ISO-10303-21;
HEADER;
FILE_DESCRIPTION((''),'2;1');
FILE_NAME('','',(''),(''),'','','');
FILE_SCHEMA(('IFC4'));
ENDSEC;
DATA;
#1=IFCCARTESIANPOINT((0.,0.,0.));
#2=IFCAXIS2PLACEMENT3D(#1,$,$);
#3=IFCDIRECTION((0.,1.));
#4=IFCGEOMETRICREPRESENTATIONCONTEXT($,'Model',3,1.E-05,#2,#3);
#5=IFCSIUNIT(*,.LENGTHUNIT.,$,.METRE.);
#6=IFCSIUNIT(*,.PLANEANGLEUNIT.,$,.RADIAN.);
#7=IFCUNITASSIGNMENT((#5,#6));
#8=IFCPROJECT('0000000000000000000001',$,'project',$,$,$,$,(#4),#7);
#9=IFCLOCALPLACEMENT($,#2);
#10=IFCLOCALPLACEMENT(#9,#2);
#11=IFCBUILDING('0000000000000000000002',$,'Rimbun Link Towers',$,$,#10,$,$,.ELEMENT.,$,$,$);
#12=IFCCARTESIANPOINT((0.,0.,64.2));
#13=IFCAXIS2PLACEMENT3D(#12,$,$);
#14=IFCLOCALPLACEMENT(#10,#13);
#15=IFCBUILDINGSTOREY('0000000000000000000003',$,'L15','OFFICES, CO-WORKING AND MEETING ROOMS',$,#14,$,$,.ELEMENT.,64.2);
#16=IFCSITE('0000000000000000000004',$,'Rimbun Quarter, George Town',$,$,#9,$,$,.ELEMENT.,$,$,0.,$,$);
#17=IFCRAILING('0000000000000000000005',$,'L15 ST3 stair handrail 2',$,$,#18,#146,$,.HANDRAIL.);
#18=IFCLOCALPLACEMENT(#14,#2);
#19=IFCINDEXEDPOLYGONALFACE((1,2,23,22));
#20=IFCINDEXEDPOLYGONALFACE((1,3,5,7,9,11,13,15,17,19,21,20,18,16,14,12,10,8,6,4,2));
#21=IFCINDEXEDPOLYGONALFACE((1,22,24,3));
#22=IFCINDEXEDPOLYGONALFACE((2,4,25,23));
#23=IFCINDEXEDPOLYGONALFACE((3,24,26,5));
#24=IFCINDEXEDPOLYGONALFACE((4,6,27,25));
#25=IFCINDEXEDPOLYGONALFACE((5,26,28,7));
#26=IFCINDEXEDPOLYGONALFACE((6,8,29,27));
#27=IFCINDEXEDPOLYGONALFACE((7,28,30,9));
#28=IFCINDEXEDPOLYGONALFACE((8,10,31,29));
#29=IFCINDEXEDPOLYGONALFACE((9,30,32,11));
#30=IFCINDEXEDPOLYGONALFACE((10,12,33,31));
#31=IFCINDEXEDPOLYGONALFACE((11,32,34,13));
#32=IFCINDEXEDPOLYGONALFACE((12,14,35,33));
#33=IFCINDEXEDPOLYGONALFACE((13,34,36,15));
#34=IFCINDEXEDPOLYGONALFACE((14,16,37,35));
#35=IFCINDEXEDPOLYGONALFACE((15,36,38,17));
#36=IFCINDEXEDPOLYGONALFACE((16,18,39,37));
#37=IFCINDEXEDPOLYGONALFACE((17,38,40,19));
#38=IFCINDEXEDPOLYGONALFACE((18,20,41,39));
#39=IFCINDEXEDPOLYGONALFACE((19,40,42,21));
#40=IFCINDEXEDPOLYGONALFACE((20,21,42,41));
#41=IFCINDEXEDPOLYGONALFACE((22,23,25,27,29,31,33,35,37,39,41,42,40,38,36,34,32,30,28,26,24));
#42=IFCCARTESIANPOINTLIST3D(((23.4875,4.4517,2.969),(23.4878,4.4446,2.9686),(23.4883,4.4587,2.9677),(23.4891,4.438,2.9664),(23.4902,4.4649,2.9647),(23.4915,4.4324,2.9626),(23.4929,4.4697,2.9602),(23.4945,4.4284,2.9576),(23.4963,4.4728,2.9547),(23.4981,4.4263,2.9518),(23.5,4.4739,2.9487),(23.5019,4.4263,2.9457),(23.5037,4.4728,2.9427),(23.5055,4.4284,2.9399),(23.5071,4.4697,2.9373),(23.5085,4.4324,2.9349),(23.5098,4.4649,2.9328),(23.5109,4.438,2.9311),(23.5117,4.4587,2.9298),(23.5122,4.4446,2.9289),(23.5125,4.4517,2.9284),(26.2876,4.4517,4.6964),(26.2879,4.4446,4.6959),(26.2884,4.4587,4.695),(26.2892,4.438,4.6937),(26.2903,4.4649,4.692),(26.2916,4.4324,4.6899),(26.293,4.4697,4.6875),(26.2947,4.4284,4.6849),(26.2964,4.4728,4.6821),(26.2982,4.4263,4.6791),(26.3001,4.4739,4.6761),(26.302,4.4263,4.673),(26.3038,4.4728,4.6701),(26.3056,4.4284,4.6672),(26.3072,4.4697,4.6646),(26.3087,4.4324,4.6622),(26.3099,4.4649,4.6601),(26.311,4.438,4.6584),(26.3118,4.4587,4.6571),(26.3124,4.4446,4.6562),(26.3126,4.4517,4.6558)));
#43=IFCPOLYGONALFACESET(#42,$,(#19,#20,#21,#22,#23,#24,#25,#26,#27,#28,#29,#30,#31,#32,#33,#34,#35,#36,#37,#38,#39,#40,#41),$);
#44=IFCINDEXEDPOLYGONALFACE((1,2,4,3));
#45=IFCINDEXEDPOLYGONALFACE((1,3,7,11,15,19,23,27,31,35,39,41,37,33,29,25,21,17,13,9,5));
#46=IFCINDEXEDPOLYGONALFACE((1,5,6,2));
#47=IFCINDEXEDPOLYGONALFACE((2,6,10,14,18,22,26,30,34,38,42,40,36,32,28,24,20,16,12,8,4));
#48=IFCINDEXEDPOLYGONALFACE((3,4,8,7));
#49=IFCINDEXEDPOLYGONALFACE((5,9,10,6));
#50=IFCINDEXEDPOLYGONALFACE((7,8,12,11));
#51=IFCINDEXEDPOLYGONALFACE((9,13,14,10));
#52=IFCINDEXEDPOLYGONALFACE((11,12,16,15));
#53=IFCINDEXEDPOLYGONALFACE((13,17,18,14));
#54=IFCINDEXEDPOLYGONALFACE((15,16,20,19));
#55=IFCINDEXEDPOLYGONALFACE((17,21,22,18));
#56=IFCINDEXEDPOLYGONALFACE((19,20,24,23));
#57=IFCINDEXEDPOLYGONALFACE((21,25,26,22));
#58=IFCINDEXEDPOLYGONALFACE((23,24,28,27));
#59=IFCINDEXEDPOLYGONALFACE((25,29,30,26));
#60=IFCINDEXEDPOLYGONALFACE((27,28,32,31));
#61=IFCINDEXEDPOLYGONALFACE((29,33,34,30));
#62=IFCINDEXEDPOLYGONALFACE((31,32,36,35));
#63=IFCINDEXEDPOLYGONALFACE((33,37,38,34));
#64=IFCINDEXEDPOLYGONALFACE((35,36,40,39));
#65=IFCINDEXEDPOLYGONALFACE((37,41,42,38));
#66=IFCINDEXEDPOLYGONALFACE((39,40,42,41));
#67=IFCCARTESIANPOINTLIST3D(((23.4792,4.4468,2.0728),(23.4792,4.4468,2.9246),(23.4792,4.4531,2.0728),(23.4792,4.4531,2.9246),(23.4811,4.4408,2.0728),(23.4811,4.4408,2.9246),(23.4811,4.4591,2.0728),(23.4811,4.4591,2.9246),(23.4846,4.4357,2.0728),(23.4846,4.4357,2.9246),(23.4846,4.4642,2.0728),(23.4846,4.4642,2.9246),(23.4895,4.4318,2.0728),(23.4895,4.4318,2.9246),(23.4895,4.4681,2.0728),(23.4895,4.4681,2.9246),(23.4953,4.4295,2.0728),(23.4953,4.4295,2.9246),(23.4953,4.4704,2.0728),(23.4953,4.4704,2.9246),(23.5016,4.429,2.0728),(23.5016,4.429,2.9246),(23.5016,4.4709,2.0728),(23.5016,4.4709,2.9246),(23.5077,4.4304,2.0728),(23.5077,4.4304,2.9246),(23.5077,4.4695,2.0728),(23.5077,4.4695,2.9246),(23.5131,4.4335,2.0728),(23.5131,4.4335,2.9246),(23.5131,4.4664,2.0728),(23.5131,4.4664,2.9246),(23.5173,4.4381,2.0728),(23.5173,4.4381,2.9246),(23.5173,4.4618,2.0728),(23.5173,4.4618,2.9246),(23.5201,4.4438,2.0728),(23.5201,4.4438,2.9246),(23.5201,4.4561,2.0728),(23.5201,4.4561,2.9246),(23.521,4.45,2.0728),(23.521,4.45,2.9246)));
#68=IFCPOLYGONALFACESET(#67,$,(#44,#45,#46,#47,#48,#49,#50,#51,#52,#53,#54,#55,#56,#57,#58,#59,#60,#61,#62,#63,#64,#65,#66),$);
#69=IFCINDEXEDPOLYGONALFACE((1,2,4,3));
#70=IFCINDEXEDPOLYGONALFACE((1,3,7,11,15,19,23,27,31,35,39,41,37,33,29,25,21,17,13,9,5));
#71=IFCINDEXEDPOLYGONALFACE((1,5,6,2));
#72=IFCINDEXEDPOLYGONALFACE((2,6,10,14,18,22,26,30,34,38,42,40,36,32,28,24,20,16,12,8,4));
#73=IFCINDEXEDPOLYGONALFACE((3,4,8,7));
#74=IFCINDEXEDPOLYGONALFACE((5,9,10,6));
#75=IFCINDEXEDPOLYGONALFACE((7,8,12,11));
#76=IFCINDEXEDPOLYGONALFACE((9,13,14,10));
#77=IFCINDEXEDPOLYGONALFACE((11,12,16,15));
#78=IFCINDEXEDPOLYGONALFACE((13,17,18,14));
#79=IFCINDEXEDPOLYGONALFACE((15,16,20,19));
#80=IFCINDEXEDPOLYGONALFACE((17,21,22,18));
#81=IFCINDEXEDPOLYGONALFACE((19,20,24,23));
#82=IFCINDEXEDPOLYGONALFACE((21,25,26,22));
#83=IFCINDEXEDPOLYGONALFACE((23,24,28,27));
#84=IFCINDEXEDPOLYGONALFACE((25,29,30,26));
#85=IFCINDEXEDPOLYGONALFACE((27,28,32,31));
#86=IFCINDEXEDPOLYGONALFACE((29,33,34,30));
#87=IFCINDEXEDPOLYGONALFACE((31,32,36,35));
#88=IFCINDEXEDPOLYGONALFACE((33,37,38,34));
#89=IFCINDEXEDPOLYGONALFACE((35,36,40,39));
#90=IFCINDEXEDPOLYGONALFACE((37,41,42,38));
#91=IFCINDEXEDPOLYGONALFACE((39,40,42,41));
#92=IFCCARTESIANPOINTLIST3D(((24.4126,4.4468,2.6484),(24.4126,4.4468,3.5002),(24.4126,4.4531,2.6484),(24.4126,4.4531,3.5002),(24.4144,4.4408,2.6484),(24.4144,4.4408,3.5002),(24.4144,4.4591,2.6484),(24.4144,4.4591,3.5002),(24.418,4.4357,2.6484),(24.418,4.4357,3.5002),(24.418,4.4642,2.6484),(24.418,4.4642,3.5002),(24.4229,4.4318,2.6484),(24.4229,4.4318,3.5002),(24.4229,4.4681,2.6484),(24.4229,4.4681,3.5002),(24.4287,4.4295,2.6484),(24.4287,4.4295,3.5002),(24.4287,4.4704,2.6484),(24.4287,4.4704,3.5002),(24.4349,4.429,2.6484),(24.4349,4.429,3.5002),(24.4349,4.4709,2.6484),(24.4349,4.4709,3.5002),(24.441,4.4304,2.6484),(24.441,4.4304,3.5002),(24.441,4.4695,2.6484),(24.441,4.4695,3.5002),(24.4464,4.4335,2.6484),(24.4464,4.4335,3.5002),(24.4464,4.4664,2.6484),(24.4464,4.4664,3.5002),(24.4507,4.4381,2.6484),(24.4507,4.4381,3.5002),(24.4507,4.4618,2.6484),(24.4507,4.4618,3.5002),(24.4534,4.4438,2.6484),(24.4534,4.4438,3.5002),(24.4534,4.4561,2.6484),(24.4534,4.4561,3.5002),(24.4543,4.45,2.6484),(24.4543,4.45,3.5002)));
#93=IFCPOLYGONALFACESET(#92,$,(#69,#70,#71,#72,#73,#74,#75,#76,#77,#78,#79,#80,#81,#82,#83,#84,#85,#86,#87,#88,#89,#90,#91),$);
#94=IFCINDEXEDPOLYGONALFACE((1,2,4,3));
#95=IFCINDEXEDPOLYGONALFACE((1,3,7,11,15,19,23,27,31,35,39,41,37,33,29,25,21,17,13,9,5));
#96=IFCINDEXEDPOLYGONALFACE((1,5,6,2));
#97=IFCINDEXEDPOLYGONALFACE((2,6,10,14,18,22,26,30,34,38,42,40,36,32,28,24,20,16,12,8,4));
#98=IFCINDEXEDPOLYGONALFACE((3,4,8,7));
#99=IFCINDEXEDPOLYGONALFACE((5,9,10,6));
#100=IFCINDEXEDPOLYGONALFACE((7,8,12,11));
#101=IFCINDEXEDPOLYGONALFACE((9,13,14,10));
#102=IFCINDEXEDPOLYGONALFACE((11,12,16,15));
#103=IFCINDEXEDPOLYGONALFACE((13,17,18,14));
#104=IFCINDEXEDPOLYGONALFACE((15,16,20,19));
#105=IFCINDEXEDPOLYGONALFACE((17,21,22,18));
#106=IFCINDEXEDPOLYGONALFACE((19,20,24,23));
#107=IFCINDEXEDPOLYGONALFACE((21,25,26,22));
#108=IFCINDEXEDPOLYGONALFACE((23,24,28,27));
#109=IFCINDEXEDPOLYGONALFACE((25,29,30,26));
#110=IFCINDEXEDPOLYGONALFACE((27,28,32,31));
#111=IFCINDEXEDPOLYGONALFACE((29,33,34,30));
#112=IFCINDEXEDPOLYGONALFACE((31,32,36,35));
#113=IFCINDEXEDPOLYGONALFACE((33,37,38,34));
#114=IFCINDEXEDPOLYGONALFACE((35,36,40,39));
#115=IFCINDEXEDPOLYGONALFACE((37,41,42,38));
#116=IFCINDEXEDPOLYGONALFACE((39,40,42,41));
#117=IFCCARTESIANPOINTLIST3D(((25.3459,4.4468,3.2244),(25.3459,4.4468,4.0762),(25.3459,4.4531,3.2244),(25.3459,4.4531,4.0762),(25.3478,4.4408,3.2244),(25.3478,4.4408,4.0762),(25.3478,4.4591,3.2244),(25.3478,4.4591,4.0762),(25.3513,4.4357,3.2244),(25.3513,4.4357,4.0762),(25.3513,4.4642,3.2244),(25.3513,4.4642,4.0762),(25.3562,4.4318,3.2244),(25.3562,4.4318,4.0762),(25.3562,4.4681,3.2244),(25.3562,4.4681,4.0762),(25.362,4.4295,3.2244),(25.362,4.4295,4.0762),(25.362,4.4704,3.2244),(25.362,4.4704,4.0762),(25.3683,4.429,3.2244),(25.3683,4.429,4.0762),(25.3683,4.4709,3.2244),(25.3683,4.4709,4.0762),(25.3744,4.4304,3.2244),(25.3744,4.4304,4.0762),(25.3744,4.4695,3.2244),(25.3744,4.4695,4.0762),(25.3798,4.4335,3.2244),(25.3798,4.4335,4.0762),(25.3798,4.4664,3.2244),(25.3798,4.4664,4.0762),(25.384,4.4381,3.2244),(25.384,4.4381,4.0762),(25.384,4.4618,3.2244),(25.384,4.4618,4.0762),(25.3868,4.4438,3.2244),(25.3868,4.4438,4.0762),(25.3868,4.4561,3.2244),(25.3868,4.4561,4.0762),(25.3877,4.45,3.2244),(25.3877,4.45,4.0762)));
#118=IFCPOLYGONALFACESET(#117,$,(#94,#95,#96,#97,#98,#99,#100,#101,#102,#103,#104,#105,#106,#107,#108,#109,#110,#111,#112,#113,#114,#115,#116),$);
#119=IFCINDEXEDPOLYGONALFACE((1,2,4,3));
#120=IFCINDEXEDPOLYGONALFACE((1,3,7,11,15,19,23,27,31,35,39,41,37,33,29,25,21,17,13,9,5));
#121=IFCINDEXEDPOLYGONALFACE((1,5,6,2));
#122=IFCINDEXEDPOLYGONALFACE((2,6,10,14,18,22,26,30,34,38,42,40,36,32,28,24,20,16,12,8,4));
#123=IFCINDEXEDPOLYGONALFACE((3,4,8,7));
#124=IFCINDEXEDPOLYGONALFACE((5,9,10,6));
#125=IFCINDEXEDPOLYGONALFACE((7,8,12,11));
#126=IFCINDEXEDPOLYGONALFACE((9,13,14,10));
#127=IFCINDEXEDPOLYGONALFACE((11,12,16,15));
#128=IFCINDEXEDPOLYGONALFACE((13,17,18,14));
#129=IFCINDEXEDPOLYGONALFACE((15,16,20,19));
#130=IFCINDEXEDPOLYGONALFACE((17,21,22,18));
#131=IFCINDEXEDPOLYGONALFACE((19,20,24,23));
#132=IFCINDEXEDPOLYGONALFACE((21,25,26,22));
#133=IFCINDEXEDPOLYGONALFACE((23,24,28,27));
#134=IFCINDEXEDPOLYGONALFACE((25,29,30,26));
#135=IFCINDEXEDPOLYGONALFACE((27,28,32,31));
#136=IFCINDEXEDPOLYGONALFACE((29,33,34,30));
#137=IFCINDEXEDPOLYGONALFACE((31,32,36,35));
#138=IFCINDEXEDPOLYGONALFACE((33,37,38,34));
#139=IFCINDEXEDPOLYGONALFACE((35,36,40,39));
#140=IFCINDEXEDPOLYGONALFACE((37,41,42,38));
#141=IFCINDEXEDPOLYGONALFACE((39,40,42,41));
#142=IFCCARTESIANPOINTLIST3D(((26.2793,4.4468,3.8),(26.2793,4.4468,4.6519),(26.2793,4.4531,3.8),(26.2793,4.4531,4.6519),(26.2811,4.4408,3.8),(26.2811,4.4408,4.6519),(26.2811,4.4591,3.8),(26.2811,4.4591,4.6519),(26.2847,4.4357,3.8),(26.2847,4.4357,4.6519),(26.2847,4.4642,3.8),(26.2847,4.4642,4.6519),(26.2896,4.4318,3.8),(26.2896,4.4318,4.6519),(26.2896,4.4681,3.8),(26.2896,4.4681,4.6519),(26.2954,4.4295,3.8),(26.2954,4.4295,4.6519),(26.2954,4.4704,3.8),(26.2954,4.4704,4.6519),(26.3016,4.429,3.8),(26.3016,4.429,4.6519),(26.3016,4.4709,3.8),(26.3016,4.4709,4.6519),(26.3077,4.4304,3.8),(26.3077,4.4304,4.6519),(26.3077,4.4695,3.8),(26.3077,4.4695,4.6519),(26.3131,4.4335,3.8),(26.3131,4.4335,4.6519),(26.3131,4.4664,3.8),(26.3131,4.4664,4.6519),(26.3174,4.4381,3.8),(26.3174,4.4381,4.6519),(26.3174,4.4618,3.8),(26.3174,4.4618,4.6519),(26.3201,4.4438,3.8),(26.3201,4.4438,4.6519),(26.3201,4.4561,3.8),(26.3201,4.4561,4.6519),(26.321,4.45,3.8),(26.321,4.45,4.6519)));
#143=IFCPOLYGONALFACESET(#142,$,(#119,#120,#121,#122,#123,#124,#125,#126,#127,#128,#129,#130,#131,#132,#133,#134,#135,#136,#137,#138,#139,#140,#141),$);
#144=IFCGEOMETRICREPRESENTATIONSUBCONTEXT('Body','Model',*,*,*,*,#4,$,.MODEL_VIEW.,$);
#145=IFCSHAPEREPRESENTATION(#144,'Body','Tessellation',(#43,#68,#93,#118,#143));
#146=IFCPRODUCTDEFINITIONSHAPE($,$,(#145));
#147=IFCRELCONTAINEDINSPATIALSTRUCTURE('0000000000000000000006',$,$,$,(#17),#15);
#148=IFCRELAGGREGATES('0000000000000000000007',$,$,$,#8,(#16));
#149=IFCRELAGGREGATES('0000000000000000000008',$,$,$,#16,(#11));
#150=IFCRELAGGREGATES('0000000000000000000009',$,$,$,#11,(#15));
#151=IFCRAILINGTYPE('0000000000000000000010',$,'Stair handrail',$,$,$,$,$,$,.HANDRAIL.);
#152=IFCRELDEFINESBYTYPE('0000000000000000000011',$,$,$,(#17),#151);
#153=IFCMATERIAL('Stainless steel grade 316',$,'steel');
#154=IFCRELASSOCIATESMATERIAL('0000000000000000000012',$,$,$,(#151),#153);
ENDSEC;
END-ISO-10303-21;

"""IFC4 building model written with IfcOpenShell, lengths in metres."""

from ifc_helpers import new_model, si_unit, direction, frame, origin, origin_2d, place, context, subcontext, project, spatial, circle, extrude, material, type_object, element, save


model = new_model("IFC4")

# Units and contexts
model_context = context("Model", 3, precision=1e-05, world=origin(), true_north=direction((0.0, 1.0)))
body_context = subcontext(model_context, "Body", "Model", "MODEL_VIEW")
ifc_project = project(units=[si_unit("LENGTHUNIT", "METRE"), si_unit("PLANEANGLEUNIT", "RADIAN")], contexts=[model_context])

# Site, building, storey
site_placement = place(None, origin())
site = spatial("IfcSite", under=ifc_project, at=site_placement, Name="Rimbun Quarter, George Town", CompositionType="ELEMENT", RefElevation=0.0)
building_placement = place(site_placement, origin())
building = spatial("IfcBuilding", under=site, at=building_placement, Name="Rimbun Link Towers", CompositionType="ELEMENT")
storey_placement = place(building_placement, frame((0.0, 0.0, 64.2)))
storey = spatial("IfcBuildingStorey", under=building, at=storey_placement, Name="L15", Description="OFFICES, CO-WORKING AND MEETING ROOMS", CompositionType="ELEMENT", Elevation=64.2)

# Railing
ifc_material_1 = material(Name="Stainless steel grade 316", Category="steel")
railing_type_1 = type_object("IfcRailingType", Name="Stair handrail", PredefinedType="HANDRAIL", material=ifc_material_1)
railing_1_placement = place(storey_placement, frame((23.5, 4.45, 2.0728)))
element("IfcRailing", 1, at=railing_1_placement, inside=storey, type_object=railing_type_1, Name="L15 ST3 stair handrail 2", PredefinedType="HANDRAIL", context=body_context, shape_type="SweptSolid", body=[
    extrude(circle(Radius=0.0239, at=origin_2d()), frame((0.0, 0.0, 0.876), z_axis=(0.85109, 0.0, 0.52502), x_axis=(0.0, 1.0, 0.0)), (0.0, 0.0, 1.0), 3.29),
    extrude(circle(Radius=0.021, at=origin_2d()), origin(), (0.0, 0.0, 1.0), 0.8518),
    extrude(circle(Radius=0.021, at=origin_2d()), frame((0.9333, 0.0, 0.5757)), (0.0, 0.0, 1.0), 0.8518),
    extrude(circle(Radius=0.021, at=origin_2d()), frame((1.8667, 0.0, 1.1516)), (0.0, 0.0, 1.0), 0.8518),
    extrude(circle(Radius=0.021, at=origin_2d()), frame((2.8, 0.0, 1.7273)), (0.0, 0.0, 1.0), 0.8518),
])

save(model, "model.ifc")
